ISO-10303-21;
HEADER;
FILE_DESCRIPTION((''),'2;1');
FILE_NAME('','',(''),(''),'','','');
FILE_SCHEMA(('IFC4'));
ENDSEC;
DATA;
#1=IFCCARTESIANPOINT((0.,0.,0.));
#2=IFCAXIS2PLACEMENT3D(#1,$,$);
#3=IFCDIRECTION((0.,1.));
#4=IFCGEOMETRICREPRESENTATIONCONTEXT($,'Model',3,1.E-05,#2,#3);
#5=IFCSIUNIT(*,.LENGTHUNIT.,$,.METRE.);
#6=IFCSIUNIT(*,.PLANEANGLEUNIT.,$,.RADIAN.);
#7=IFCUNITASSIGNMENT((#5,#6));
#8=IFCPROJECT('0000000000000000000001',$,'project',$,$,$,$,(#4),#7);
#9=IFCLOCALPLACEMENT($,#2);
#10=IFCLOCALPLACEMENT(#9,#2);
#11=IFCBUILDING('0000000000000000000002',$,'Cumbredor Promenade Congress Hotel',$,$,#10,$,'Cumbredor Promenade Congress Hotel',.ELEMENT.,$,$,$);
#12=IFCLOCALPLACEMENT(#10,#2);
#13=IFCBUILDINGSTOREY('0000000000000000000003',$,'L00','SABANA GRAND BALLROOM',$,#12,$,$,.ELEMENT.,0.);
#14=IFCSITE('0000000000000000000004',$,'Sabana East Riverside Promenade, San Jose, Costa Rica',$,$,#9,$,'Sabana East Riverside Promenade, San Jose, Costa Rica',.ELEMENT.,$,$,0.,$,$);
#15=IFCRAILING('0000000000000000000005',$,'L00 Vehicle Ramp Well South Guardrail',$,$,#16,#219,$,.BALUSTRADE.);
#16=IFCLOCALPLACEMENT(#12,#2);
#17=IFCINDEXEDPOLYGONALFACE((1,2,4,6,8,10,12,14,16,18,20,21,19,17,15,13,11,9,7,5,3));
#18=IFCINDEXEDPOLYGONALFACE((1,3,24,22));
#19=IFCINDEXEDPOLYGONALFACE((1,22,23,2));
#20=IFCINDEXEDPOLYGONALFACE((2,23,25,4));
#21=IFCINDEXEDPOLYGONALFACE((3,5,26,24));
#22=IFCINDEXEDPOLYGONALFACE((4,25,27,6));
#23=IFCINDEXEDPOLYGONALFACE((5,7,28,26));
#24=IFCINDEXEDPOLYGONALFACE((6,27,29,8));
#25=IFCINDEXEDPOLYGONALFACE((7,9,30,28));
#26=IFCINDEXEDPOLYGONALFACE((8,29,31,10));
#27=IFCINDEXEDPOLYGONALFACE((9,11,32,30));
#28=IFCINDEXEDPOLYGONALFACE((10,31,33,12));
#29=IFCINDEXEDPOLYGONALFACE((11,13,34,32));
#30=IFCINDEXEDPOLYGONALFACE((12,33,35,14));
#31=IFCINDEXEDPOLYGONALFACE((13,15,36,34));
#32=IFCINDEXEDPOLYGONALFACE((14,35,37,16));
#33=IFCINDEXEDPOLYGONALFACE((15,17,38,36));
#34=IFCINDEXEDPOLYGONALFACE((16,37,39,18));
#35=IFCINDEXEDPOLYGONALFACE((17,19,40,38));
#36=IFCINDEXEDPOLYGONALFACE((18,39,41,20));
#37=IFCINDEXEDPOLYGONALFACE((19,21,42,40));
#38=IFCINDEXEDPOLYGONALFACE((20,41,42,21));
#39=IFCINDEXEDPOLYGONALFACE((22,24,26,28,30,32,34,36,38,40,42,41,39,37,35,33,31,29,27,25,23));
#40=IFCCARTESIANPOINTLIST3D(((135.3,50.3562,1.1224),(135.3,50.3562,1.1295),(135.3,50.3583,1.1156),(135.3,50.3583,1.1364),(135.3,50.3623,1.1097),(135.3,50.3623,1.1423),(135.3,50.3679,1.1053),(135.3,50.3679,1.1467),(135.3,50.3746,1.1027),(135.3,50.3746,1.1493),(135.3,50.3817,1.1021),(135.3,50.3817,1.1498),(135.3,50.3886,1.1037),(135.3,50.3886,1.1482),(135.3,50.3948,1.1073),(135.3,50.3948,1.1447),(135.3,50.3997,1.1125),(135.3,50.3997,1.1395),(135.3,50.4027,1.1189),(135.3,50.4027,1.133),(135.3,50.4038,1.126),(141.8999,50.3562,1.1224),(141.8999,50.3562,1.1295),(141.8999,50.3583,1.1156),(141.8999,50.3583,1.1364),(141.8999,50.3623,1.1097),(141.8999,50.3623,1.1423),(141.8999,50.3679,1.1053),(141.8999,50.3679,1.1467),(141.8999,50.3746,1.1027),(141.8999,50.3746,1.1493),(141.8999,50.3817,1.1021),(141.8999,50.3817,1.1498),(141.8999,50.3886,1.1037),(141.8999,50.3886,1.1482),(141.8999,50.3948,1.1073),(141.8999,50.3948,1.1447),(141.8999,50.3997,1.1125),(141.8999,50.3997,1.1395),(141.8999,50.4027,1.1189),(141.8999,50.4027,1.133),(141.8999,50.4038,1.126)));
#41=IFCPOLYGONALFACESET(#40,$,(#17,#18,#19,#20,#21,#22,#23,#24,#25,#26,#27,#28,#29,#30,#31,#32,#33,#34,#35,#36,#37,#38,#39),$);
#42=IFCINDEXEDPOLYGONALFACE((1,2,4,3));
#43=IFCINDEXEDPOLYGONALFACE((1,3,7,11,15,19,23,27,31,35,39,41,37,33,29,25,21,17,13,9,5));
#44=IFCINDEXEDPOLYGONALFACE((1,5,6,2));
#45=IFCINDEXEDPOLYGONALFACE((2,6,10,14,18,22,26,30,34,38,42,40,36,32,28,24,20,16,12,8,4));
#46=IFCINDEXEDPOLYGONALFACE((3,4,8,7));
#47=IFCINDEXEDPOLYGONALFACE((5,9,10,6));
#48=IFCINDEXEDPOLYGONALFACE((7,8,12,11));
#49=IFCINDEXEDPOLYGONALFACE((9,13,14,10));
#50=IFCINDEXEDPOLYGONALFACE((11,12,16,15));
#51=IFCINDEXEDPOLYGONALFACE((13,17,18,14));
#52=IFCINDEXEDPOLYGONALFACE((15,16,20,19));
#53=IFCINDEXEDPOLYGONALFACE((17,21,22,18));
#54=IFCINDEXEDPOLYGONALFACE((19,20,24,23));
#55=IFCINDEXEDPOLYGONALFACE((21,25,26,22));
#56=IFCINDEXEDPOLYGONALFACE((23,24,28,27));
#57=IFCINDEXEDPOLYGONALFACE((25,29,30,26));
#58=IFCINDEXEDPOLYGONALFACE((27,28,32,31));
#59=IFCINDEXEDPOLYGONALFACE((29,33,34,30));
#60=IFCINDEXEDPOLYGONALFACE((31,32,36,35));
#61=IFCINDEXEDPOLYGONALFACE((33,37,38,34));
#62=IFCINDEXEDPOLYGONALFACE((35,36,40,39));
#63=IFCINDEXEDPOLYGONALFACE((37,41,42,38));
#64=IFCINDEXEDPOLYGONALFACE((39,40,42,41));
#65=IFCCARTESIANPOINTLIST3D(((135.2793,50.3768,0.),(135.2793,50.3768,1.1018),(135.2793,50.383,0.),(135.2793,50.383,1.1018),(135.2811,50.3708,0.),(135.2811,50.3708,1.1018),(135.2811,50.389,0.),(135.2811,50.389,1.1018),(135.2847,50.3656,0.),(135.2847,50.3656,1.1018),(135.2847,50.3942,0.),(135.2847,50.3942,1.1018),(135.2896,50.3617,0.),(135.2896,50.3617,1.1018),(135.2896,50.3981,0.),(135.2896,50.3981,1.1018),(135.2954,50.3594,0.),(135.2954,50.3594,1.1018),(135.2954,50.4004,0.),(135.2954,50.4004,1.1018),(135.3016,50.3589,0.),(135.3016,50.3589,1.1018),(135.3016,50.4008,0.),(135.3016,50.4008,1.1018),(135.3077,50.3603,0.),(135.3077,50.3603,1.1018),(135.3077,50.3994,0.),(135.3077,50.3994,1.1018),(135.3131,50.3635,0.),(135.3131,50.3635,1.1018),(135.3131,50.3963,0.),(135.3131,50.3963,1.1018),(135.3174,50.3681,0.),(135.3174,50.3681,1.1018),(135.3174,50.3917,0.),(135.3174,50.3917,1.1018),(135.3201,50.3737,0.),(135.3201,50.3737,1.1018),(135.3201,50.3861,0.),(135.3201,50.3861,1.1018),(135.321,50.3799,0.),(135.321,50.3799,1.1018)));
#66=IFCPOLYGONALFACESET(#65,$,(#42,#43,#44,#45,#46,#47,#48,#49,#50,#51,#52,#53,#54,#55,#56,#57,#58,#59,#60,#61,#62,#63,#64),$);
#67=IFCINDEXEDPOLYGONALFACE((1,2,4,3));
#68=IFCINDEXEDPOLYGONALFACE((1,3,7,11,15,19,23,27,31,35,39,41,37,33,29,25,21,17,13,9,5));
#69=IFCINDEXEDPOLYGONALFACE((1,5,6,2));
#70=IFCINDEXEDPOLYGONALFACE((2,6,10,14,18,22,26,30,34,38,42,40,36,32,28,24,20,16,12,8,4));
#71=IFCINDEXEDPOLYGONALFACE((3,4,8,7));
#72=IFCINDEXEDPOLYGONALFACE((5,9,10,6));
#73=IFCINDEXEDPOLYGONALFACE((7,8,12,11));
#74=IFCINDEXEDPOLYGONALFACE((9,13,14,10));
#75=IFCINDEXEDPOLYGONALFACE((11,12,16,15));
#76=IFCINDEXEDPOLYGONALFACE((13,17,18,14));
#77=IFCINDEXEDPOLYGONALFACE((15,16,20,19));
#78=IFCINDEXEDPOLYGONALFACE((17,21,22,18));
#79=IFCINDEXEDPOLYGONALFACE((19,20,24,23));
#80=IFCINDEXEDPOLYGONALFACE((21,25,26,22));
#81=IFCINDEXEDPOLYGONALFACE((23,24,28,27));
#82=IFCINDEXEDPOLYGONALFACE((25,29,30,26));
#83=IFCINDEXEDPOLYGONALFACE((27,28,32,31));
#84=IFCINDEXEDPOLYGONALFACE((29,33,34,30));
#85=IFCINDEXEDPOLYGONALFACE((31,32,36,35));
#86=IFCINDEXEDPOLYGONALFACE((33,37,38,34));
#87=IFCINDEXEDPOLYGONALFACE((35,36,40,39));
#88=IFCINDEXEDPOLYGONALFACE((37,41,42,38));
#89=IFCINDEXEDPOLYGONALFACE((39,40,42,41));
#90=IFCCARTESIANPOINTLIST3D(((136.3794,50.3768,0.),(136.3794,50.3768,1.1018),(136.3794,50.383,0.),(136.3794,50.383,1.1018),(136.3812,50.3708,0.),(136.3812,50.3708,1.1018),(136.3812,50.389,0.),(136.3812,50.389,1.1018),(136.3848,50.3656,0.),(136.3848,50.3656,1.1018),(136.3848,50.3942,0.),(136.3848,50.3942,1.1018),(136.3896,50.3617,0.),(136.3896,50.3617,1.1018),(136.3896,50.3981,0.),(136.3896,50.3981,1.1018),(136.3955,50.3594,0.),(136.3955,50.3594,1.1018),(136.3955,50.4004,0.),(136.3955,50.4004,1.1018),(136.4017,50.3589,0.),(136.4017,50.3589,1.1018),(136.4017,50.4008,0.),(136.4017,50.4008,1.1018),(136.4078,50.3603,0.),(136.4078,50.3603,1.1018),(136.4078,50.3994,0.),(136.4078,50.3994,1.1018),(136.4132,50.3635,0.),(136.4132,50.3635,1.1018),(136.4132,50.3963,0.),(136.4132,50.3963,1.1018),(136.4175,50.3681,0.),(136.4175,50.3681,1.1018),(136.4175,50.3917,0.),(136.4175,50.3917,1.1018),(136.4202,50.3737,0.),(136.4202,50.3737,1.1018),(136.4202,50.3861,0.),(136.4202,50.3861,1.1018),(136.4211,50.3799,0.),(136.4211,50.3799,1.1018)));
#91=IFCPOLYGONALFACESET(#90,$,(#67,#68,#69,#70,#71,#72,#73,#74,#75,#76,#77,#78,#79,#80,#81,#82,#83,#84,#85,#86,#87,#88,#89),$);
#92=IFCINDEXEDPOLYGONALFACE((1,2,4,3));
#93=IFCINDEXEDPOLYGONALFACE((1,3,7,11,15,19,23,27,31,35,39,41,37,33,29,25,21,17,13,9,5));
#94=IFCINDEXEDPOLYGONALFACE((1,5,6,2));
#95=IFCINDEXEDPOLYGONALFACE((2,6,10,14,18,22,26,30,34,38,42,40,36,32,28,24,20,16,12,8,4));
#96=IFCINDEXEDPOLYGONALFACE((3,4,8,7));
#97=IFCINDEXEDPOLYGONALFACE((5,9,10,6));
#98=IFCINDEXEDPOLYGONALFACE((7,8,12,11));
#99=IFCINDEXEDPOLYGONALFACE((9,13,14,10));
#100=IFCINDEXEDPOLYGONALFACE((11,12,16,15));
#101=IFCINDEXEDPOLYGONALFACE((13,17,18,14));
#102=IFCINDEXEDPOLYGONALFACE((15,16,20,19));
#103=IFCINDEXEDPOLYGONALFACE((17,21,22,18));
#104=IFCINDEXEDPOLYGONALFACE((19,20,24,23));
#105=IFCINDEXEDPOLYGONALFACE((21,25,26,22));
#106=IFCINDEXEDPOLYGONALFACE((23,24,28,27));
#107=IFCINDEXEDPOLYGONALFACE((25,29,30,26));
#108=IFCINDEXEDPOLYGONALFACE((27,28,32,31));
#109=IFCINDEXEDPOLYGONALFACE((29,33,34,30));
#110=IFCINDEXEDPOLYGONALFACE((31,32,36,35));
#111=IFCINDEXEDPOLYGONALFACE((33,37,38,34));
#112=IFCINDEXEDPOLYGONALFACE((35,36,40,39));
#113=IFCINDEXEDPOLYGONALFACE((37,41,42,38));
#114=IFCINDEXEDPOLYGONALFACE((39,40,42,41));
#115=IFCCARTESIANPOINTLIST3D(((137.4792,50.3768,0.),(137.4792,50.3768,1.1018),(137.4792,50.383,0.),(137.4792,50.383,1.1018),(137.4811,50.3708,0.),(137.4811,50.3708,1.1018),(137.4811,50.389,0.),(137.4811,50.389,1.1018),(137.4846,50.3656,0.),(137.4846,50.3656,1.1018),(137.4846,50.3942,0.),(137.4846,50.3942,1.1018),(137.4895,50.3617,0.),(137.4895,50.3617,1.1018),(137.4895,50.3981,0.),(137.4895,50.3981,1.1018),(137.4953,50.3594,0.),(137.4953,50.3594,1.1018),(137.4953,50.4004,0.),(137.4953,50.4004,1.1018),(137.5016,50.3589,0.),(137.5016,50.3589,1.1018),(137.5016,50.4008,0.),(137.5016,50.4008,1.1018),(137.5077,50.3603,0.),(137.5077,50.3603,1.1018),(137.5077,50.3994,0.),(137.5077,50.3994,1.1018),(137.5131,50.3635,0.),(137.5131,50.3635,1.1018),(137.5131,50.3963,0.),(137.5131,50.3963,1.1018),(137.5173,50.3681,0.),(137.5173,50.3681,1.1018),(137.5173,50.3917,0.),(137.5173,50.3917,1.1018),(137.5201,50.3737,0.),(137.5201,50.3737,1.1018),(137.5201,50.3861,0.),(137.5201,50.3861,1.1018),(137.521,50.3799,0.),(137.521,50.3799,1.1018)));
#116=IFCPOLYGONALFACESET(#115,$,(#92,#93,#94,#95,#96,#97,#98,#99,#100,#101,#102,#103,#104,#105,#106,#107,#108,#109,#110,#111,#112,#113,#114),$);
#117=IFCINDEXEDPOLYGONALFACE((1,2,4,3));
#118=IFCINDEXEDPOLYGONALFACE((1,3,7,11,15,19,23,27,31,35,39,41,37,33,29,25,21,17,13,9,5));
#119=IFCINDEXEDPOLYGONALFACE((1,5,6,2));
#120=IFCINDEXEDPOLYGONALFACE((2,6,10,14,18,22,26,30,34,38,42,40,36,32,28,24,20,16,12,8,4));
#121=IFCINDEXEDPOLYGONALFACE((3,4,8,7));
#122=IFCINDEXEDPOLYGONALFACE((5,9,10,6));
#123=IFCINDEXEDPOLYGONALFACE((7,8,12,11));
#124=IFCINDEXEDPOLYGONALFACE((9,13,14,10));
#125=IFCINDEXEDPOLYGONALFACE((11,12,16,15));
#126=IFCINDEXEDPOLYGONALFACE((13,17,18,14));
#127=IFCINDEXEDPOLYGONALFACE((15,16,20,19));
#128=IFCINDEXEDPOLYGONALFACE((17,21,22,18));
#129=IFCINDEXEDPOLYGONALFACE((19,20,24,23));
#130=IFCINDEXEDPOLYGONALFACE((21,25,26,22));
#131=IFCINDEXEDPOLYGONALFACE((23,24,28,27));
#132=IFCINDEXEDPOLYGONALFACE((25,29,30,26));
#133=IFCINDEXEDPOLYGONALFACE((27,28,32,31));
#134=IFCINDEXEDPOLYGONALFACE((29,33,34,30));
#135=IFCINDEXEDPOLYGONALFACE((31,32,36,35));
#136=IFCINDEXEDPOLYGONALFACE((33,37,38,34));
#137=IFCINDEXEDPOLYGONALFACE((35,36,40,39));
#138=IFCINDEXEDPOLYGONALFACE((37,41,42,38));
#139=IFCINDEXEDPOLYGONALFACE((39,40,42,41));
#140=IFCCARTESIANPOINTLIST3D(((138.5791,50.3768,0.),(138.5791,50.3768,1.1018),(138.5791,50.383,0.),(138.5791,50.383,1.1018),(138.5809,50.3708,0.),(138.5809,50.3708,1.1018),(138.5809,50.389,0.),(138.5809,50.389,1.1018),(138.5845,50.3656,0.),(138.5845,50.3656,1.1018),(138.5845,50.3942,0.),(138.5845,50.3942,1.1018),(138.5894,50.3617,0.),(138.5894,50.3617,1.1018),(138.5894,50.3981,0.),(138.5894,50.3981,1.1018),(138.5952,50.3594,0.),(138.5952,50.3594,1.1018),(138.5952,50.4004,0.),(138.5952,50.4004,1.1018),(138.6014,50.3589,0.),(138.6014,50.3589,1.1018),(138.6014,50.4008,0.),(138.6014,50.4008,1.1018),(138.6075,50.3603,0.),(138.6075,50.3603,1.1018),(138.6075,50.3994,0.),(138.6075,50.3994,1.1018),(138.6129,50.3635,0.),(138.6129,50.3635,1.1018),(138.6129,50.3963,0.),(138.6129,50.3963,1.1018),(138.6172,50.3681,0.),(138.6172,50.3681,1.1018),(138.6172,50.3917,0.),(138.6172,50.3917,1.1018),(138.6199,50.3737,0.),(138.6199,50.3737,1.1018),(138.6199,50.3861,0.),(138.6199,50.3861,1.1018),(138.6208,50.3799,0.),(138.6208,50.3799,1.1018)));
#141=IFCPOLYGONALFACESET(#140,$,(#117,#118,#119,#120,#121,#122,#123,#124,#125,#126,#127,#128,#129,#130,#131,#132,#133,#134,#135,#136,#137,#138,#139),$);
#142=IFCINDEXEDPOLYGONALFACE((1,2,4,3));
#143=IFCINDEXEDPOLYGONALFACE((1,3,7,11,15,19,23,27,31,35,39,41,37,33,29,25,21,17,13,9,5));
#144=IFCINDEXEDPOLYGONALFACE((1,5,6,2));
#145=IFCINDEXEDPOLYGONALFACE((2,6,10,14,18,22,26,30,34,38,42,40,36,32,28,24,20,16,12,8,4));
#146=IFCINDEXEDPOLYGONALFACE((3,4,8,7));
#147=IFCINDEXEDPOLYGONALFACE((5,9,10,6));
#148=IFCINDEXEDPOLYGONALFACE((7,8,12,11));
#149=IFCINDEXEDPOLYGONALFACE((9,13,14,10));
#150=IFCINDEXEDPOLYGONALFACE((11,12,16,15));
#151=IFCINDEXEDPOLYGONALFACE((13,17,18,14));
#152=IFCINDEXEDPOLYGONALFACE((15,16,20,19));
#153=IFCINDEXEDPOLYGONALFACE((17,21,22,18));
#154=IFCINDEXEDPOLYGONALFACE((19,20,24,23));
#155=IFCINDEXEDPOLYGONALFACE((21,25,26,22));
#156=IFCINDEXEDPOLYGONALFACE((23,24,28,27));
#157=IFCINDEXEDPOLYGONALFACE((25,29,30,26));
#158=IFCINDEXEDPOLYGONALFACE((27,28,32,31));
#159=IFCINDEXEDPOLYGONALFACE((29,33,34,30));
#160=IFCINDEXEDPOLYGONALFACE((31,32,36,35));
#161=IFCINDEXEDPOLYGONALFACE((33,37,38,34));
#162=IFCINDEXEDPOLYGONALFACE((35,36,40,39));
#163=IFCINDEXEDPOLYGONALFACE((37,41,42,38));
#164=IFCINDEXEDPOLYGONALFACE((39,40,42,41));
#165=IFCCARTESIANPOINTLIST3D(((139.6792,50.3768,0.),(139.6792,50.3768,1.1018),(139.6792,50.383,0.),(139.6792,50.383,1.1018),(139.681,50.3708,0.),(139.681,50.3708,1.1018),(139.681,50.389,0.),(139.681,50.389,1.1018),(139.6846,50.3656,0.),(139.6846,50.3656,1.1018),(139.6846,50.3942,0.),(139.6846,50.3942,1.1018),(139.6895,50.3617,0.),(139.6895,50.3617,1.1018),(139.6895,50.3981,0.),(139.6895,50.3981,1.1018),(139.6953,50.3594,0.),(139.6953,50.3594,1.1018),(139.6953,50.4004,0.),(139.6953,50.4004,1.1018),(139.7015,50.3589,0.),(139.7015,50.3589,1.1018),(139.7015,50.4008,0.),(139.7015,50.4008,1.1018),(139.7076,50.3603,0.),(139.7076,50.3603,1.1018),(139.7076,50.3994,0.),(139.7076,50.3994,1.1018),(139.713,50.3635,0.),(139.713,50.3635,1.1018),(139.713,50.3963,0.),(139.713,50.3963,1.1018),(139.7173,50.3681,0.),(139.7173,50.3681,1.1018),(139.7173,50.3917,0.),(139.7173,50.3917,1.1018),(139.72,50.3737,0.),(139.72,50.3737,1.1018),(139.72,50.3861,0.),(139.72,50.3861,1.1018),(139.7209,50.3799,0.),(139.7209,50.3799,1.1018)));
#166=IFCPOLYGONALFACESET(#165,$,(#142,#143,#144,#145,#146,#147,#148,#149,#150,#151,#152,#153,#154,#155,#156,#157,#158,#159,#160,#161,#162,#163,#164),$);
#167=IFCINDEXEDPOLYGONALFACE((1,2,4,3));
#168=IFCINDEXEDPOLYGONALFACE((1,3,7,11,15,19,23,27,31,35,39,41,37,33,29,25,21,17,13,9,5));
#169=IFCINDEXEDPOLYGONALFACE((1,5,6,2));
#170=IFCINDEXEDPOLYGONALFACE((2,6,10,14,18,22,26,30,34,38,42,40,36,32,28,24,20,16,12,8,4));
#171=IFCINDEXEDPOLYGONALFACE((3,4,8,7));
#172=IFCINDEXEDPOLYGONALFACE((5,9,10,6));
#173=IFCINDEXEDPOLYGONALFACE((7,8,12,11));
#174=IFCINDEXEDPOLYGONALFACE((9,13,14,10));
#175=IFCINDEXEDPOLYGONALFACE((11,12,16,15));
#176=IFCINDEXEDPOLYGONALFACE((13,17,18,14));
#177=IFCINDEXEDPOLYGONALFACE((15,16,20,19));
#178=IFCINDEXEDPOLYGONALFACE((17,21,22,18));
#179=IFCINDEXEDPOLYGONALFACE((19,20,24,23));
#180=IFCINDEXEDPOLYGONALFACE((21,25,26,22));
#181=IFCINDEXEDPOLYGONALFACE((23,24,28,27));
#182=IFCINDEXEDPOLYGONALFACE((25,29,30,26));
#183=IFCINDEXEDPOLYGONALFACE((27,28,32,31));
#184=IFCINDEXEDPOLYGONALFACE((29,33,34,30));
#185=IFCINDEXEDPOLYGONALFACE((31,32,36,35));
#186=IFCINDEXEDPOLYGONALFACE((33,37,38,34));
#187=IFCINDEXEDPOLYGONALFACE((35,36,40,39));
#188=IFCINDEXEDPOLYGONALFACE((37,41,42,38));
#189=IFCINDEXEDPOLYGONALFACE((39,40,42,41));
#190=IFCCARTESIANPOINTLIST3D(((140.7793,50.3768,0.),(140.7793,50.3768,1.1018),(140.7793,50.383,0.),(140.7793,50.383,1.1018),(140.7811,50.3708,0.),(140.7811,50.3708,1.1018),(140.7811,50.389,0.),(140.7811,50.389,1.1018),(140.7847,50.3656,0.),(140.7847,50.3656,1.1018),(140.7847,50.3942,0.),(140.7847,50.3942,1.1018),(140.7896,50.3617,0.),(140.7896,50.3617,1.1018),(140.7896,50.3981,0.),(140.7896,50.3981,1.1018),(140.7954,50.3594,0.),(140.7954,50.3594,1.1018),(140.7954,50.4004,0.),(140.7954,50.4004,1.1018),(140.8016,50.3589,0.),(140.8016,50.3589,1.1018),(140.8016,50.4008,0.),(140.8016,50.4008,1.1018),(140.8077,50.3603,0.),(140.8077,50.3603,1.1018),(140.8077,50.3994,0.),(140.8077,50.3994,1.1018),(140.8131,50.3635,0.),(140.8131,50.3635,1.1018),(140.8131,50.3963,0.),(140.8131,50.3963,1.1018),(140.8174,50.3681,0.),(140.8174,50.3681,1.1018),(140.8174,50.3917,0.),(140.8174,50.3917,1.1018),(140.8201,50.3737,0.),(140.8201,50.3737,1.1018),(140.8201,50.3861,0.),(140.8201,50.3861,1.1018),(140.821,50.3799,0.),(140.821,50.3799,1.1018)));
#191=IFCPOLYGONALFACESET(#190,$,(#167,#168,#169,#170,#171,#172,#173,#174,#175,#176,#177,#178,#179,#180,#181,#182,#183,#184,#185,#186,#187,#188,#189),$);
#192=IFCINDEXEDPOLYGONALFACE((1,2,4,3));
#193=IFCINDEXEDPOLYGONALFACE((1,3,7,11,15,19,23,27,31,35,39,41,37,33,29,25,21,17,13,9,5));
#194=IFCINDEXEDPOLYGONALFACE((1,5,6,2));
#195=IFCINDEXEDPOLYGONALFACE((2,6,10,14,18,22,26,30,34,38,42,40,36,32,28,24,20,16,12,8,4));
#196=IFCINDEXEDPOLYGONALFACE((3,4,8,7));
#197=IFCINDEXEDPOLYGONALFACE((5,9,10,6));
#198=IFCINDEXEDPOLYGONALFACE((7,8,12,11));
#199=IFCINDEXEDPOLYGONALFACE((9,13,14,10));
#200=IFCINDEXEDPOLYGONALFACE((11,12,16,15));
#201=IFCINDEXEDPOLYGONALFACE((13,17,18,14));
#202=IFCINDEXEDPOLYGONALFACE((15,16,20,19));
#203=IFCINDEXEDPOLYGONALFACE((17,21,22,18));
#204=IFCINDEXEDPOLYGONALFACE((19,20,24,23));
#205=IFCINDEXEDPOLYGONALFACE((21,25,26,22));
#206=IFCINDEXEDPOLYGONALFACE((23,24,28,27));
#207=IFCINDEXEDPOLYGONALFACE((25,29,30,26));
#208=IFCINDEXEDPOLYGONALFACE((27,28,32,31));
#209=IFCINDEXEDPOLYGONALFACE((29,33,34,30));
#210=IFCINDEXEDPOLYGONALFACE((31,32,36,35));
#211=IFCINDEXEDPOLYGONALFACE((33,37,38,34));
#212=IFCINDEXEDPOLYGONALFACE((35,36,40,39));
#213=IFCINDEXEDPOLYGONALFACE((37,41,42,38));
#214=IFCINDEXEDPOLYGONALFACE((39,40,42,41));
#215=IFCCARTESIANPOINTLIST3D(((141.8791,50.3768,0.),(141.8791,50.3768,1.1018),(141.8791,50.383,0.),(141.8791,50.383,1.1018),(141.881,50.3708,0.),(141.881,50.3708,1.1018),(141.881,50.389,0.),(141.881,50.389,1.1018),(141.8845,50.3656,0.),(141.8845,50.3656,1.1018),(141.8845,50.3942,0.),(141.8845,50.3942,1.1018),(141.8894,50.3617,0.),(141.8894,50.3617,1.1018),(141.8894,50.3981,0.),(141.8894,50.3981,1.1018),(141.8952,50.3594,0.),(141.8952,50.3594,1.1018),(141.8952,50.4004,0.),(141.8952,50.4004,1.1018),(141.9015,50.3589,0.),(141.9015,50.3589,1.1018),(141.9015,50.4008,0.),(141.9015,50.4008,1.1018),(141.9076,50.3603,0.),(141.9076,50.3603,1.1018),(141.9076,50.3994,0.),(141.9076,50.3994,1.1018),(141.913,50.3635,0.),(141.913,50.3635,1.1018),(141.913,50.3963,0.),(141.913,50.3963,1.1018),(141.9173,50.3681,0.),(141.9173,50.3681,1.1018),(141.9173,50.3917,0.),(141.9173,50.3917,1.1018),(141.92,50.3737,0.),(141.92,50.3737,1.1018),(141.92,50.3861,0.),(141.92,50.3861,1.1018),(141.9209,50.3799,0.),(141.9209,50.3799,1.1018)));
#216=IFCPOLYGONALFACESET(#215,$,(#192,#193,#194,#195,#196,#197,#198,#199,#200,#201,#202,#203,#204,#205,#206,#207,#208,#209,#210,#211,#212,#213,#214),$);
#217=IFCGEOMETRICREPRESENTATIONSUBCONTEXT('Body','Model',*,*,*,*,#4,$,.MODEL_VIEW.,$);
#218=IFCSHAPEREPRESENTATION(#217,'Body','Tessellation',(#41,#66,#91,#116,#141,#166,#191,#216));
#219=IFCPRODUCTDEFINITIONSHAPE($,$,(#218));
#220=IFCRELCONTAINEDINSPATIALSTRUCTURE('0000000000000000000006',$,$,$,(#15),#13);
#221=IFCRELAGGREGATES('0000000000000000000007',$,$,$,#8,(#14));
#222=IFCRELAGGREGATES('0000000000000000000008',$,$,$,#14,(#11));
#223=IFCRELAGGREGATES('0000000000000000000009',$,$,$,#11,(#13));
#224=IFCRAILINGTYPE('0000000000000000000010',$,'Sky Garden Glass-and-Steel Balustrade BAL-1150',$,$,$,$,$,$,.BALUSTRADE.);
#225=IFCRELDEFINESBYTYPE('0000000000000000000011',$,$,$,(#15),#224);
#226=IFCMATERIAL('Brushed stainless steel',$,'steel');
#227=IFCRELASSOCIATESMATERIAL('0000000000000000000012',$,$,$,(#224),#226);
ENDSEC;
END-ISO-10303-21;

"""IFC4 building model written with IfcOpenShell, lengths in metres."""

from ifc_helpers import new_model, si_unit, direction, frame, origin, origin_2d, place, context, subcontext, project, spatial, circle, extrude, material, type_object, element, save


model = new_model("IFC4")

# Units and contexts
model_context = context("Model", 3, precision=1e-05, world=origin(), true_north=direction((0.0, 1.0)))
body_context = subcontext(model_context, "Body", "Model", "MODEL_VIEW")
ifc_project = project(units=[si_unit("LENGTHUNIT", "METRE"), si_unit("PLANEANGLEUNIT", "RADIAN")], contexts=[model_context])

# Site, building, storey
site_placement = place(None, origin())
site = spatial("IfcSite", under=ifc_project, at=site_placement, Name="Sabana East Riverside Promenade, San Jose, Costa Rica", LongName="Sabana East Riverside Promenade, San Jose, Costa Rica", CompositionType="ELEMENT", RefElevation=0.0)
building_placement = place(site_placement, origin())
building = spatial("IfcBuilding", under=site, at=building_placement, Name="Cumbredor Promenade Congress Hotel", LongName="Cumbredor Promenade Congress Hotel", CompositionType="ELEMENT")
storey_placement = place(building_placement, origin())
storey = spatial("IfcBuildingStorey", under=building, at=storey_placement, Name="L00", Description="SABANA GRAND BALLROOM", CompositionType="ELEMENT", Elevation=0.0)

# Railing
ifc_material_1 = material(Name="Brushed stainless steel", Category="steel")
railing_type = type_object("IfcRailingType", Name="Sky Garden Glass-and-Steel Balustrade BAL-1150", PredefinedType="BALUSTRADE", material=ifc_material_1)
railing_placement = place(storey_placement, frame((135.3, 50.3799, 0.0)))
element("IfcRailing", 1, at=railing_placement, inside=storey, type_object=railing_type, Name="L00 Vehicle Ramp Well South Guardrail", PredefinedType="BALUSTRADE", context=body_context, shape_type="SweptSolid", body=[
    extrude(circle(Radius=0.0239, at=origin_2d()), frame((0.0, 0.0, 1.126), z_axis=(1.0, 0.0, 0.0), x_axis=(0.0, 1.0, 0.0)), (0.0, 0.0, 1.0), 6.5999),
    extrude(circle(Radius=0.021, at=origin_2d()), origin(), (0.0, 0.0, 1.0), 1.1018),
    extrude(circle(Radius=0.021, at=origin_2d()), frame((1.1001, 0.0, 0.0)), (0.0, 0.0, 1.0), 1.1018),
    extrude(circle(Radius=0.021, at=origin_2d()), frame((2.2, 0.0, 0.0)), (0.0, 0.0, 1.0), 1.1018),
    extrude(circle(Radius=0.021, at=origin_2d()), frame((3.2998, 0.0, 0.0)), (0.0, 0.0, 1.0), 1.1018),
    extrude(circle(Radius=0.021, at=origin_2d()), frame((4.3999, 0.0, 0.0)), (0.0, 0.0, 1.0), 1.1018),
    extrude(circle(Radius=0.021, at=origin_2d()), frame((5.5, 0.0, 0.0)), (0.0, 0.0, 1.0), 1.1018),
    extrude(circle(Radius=0.021, at=origin_2d()), frame((6.5999, 0.0, 0.0)), (0.0, 0.0, 1.0), 1.1018),
])

save(model, "model.ifc")
